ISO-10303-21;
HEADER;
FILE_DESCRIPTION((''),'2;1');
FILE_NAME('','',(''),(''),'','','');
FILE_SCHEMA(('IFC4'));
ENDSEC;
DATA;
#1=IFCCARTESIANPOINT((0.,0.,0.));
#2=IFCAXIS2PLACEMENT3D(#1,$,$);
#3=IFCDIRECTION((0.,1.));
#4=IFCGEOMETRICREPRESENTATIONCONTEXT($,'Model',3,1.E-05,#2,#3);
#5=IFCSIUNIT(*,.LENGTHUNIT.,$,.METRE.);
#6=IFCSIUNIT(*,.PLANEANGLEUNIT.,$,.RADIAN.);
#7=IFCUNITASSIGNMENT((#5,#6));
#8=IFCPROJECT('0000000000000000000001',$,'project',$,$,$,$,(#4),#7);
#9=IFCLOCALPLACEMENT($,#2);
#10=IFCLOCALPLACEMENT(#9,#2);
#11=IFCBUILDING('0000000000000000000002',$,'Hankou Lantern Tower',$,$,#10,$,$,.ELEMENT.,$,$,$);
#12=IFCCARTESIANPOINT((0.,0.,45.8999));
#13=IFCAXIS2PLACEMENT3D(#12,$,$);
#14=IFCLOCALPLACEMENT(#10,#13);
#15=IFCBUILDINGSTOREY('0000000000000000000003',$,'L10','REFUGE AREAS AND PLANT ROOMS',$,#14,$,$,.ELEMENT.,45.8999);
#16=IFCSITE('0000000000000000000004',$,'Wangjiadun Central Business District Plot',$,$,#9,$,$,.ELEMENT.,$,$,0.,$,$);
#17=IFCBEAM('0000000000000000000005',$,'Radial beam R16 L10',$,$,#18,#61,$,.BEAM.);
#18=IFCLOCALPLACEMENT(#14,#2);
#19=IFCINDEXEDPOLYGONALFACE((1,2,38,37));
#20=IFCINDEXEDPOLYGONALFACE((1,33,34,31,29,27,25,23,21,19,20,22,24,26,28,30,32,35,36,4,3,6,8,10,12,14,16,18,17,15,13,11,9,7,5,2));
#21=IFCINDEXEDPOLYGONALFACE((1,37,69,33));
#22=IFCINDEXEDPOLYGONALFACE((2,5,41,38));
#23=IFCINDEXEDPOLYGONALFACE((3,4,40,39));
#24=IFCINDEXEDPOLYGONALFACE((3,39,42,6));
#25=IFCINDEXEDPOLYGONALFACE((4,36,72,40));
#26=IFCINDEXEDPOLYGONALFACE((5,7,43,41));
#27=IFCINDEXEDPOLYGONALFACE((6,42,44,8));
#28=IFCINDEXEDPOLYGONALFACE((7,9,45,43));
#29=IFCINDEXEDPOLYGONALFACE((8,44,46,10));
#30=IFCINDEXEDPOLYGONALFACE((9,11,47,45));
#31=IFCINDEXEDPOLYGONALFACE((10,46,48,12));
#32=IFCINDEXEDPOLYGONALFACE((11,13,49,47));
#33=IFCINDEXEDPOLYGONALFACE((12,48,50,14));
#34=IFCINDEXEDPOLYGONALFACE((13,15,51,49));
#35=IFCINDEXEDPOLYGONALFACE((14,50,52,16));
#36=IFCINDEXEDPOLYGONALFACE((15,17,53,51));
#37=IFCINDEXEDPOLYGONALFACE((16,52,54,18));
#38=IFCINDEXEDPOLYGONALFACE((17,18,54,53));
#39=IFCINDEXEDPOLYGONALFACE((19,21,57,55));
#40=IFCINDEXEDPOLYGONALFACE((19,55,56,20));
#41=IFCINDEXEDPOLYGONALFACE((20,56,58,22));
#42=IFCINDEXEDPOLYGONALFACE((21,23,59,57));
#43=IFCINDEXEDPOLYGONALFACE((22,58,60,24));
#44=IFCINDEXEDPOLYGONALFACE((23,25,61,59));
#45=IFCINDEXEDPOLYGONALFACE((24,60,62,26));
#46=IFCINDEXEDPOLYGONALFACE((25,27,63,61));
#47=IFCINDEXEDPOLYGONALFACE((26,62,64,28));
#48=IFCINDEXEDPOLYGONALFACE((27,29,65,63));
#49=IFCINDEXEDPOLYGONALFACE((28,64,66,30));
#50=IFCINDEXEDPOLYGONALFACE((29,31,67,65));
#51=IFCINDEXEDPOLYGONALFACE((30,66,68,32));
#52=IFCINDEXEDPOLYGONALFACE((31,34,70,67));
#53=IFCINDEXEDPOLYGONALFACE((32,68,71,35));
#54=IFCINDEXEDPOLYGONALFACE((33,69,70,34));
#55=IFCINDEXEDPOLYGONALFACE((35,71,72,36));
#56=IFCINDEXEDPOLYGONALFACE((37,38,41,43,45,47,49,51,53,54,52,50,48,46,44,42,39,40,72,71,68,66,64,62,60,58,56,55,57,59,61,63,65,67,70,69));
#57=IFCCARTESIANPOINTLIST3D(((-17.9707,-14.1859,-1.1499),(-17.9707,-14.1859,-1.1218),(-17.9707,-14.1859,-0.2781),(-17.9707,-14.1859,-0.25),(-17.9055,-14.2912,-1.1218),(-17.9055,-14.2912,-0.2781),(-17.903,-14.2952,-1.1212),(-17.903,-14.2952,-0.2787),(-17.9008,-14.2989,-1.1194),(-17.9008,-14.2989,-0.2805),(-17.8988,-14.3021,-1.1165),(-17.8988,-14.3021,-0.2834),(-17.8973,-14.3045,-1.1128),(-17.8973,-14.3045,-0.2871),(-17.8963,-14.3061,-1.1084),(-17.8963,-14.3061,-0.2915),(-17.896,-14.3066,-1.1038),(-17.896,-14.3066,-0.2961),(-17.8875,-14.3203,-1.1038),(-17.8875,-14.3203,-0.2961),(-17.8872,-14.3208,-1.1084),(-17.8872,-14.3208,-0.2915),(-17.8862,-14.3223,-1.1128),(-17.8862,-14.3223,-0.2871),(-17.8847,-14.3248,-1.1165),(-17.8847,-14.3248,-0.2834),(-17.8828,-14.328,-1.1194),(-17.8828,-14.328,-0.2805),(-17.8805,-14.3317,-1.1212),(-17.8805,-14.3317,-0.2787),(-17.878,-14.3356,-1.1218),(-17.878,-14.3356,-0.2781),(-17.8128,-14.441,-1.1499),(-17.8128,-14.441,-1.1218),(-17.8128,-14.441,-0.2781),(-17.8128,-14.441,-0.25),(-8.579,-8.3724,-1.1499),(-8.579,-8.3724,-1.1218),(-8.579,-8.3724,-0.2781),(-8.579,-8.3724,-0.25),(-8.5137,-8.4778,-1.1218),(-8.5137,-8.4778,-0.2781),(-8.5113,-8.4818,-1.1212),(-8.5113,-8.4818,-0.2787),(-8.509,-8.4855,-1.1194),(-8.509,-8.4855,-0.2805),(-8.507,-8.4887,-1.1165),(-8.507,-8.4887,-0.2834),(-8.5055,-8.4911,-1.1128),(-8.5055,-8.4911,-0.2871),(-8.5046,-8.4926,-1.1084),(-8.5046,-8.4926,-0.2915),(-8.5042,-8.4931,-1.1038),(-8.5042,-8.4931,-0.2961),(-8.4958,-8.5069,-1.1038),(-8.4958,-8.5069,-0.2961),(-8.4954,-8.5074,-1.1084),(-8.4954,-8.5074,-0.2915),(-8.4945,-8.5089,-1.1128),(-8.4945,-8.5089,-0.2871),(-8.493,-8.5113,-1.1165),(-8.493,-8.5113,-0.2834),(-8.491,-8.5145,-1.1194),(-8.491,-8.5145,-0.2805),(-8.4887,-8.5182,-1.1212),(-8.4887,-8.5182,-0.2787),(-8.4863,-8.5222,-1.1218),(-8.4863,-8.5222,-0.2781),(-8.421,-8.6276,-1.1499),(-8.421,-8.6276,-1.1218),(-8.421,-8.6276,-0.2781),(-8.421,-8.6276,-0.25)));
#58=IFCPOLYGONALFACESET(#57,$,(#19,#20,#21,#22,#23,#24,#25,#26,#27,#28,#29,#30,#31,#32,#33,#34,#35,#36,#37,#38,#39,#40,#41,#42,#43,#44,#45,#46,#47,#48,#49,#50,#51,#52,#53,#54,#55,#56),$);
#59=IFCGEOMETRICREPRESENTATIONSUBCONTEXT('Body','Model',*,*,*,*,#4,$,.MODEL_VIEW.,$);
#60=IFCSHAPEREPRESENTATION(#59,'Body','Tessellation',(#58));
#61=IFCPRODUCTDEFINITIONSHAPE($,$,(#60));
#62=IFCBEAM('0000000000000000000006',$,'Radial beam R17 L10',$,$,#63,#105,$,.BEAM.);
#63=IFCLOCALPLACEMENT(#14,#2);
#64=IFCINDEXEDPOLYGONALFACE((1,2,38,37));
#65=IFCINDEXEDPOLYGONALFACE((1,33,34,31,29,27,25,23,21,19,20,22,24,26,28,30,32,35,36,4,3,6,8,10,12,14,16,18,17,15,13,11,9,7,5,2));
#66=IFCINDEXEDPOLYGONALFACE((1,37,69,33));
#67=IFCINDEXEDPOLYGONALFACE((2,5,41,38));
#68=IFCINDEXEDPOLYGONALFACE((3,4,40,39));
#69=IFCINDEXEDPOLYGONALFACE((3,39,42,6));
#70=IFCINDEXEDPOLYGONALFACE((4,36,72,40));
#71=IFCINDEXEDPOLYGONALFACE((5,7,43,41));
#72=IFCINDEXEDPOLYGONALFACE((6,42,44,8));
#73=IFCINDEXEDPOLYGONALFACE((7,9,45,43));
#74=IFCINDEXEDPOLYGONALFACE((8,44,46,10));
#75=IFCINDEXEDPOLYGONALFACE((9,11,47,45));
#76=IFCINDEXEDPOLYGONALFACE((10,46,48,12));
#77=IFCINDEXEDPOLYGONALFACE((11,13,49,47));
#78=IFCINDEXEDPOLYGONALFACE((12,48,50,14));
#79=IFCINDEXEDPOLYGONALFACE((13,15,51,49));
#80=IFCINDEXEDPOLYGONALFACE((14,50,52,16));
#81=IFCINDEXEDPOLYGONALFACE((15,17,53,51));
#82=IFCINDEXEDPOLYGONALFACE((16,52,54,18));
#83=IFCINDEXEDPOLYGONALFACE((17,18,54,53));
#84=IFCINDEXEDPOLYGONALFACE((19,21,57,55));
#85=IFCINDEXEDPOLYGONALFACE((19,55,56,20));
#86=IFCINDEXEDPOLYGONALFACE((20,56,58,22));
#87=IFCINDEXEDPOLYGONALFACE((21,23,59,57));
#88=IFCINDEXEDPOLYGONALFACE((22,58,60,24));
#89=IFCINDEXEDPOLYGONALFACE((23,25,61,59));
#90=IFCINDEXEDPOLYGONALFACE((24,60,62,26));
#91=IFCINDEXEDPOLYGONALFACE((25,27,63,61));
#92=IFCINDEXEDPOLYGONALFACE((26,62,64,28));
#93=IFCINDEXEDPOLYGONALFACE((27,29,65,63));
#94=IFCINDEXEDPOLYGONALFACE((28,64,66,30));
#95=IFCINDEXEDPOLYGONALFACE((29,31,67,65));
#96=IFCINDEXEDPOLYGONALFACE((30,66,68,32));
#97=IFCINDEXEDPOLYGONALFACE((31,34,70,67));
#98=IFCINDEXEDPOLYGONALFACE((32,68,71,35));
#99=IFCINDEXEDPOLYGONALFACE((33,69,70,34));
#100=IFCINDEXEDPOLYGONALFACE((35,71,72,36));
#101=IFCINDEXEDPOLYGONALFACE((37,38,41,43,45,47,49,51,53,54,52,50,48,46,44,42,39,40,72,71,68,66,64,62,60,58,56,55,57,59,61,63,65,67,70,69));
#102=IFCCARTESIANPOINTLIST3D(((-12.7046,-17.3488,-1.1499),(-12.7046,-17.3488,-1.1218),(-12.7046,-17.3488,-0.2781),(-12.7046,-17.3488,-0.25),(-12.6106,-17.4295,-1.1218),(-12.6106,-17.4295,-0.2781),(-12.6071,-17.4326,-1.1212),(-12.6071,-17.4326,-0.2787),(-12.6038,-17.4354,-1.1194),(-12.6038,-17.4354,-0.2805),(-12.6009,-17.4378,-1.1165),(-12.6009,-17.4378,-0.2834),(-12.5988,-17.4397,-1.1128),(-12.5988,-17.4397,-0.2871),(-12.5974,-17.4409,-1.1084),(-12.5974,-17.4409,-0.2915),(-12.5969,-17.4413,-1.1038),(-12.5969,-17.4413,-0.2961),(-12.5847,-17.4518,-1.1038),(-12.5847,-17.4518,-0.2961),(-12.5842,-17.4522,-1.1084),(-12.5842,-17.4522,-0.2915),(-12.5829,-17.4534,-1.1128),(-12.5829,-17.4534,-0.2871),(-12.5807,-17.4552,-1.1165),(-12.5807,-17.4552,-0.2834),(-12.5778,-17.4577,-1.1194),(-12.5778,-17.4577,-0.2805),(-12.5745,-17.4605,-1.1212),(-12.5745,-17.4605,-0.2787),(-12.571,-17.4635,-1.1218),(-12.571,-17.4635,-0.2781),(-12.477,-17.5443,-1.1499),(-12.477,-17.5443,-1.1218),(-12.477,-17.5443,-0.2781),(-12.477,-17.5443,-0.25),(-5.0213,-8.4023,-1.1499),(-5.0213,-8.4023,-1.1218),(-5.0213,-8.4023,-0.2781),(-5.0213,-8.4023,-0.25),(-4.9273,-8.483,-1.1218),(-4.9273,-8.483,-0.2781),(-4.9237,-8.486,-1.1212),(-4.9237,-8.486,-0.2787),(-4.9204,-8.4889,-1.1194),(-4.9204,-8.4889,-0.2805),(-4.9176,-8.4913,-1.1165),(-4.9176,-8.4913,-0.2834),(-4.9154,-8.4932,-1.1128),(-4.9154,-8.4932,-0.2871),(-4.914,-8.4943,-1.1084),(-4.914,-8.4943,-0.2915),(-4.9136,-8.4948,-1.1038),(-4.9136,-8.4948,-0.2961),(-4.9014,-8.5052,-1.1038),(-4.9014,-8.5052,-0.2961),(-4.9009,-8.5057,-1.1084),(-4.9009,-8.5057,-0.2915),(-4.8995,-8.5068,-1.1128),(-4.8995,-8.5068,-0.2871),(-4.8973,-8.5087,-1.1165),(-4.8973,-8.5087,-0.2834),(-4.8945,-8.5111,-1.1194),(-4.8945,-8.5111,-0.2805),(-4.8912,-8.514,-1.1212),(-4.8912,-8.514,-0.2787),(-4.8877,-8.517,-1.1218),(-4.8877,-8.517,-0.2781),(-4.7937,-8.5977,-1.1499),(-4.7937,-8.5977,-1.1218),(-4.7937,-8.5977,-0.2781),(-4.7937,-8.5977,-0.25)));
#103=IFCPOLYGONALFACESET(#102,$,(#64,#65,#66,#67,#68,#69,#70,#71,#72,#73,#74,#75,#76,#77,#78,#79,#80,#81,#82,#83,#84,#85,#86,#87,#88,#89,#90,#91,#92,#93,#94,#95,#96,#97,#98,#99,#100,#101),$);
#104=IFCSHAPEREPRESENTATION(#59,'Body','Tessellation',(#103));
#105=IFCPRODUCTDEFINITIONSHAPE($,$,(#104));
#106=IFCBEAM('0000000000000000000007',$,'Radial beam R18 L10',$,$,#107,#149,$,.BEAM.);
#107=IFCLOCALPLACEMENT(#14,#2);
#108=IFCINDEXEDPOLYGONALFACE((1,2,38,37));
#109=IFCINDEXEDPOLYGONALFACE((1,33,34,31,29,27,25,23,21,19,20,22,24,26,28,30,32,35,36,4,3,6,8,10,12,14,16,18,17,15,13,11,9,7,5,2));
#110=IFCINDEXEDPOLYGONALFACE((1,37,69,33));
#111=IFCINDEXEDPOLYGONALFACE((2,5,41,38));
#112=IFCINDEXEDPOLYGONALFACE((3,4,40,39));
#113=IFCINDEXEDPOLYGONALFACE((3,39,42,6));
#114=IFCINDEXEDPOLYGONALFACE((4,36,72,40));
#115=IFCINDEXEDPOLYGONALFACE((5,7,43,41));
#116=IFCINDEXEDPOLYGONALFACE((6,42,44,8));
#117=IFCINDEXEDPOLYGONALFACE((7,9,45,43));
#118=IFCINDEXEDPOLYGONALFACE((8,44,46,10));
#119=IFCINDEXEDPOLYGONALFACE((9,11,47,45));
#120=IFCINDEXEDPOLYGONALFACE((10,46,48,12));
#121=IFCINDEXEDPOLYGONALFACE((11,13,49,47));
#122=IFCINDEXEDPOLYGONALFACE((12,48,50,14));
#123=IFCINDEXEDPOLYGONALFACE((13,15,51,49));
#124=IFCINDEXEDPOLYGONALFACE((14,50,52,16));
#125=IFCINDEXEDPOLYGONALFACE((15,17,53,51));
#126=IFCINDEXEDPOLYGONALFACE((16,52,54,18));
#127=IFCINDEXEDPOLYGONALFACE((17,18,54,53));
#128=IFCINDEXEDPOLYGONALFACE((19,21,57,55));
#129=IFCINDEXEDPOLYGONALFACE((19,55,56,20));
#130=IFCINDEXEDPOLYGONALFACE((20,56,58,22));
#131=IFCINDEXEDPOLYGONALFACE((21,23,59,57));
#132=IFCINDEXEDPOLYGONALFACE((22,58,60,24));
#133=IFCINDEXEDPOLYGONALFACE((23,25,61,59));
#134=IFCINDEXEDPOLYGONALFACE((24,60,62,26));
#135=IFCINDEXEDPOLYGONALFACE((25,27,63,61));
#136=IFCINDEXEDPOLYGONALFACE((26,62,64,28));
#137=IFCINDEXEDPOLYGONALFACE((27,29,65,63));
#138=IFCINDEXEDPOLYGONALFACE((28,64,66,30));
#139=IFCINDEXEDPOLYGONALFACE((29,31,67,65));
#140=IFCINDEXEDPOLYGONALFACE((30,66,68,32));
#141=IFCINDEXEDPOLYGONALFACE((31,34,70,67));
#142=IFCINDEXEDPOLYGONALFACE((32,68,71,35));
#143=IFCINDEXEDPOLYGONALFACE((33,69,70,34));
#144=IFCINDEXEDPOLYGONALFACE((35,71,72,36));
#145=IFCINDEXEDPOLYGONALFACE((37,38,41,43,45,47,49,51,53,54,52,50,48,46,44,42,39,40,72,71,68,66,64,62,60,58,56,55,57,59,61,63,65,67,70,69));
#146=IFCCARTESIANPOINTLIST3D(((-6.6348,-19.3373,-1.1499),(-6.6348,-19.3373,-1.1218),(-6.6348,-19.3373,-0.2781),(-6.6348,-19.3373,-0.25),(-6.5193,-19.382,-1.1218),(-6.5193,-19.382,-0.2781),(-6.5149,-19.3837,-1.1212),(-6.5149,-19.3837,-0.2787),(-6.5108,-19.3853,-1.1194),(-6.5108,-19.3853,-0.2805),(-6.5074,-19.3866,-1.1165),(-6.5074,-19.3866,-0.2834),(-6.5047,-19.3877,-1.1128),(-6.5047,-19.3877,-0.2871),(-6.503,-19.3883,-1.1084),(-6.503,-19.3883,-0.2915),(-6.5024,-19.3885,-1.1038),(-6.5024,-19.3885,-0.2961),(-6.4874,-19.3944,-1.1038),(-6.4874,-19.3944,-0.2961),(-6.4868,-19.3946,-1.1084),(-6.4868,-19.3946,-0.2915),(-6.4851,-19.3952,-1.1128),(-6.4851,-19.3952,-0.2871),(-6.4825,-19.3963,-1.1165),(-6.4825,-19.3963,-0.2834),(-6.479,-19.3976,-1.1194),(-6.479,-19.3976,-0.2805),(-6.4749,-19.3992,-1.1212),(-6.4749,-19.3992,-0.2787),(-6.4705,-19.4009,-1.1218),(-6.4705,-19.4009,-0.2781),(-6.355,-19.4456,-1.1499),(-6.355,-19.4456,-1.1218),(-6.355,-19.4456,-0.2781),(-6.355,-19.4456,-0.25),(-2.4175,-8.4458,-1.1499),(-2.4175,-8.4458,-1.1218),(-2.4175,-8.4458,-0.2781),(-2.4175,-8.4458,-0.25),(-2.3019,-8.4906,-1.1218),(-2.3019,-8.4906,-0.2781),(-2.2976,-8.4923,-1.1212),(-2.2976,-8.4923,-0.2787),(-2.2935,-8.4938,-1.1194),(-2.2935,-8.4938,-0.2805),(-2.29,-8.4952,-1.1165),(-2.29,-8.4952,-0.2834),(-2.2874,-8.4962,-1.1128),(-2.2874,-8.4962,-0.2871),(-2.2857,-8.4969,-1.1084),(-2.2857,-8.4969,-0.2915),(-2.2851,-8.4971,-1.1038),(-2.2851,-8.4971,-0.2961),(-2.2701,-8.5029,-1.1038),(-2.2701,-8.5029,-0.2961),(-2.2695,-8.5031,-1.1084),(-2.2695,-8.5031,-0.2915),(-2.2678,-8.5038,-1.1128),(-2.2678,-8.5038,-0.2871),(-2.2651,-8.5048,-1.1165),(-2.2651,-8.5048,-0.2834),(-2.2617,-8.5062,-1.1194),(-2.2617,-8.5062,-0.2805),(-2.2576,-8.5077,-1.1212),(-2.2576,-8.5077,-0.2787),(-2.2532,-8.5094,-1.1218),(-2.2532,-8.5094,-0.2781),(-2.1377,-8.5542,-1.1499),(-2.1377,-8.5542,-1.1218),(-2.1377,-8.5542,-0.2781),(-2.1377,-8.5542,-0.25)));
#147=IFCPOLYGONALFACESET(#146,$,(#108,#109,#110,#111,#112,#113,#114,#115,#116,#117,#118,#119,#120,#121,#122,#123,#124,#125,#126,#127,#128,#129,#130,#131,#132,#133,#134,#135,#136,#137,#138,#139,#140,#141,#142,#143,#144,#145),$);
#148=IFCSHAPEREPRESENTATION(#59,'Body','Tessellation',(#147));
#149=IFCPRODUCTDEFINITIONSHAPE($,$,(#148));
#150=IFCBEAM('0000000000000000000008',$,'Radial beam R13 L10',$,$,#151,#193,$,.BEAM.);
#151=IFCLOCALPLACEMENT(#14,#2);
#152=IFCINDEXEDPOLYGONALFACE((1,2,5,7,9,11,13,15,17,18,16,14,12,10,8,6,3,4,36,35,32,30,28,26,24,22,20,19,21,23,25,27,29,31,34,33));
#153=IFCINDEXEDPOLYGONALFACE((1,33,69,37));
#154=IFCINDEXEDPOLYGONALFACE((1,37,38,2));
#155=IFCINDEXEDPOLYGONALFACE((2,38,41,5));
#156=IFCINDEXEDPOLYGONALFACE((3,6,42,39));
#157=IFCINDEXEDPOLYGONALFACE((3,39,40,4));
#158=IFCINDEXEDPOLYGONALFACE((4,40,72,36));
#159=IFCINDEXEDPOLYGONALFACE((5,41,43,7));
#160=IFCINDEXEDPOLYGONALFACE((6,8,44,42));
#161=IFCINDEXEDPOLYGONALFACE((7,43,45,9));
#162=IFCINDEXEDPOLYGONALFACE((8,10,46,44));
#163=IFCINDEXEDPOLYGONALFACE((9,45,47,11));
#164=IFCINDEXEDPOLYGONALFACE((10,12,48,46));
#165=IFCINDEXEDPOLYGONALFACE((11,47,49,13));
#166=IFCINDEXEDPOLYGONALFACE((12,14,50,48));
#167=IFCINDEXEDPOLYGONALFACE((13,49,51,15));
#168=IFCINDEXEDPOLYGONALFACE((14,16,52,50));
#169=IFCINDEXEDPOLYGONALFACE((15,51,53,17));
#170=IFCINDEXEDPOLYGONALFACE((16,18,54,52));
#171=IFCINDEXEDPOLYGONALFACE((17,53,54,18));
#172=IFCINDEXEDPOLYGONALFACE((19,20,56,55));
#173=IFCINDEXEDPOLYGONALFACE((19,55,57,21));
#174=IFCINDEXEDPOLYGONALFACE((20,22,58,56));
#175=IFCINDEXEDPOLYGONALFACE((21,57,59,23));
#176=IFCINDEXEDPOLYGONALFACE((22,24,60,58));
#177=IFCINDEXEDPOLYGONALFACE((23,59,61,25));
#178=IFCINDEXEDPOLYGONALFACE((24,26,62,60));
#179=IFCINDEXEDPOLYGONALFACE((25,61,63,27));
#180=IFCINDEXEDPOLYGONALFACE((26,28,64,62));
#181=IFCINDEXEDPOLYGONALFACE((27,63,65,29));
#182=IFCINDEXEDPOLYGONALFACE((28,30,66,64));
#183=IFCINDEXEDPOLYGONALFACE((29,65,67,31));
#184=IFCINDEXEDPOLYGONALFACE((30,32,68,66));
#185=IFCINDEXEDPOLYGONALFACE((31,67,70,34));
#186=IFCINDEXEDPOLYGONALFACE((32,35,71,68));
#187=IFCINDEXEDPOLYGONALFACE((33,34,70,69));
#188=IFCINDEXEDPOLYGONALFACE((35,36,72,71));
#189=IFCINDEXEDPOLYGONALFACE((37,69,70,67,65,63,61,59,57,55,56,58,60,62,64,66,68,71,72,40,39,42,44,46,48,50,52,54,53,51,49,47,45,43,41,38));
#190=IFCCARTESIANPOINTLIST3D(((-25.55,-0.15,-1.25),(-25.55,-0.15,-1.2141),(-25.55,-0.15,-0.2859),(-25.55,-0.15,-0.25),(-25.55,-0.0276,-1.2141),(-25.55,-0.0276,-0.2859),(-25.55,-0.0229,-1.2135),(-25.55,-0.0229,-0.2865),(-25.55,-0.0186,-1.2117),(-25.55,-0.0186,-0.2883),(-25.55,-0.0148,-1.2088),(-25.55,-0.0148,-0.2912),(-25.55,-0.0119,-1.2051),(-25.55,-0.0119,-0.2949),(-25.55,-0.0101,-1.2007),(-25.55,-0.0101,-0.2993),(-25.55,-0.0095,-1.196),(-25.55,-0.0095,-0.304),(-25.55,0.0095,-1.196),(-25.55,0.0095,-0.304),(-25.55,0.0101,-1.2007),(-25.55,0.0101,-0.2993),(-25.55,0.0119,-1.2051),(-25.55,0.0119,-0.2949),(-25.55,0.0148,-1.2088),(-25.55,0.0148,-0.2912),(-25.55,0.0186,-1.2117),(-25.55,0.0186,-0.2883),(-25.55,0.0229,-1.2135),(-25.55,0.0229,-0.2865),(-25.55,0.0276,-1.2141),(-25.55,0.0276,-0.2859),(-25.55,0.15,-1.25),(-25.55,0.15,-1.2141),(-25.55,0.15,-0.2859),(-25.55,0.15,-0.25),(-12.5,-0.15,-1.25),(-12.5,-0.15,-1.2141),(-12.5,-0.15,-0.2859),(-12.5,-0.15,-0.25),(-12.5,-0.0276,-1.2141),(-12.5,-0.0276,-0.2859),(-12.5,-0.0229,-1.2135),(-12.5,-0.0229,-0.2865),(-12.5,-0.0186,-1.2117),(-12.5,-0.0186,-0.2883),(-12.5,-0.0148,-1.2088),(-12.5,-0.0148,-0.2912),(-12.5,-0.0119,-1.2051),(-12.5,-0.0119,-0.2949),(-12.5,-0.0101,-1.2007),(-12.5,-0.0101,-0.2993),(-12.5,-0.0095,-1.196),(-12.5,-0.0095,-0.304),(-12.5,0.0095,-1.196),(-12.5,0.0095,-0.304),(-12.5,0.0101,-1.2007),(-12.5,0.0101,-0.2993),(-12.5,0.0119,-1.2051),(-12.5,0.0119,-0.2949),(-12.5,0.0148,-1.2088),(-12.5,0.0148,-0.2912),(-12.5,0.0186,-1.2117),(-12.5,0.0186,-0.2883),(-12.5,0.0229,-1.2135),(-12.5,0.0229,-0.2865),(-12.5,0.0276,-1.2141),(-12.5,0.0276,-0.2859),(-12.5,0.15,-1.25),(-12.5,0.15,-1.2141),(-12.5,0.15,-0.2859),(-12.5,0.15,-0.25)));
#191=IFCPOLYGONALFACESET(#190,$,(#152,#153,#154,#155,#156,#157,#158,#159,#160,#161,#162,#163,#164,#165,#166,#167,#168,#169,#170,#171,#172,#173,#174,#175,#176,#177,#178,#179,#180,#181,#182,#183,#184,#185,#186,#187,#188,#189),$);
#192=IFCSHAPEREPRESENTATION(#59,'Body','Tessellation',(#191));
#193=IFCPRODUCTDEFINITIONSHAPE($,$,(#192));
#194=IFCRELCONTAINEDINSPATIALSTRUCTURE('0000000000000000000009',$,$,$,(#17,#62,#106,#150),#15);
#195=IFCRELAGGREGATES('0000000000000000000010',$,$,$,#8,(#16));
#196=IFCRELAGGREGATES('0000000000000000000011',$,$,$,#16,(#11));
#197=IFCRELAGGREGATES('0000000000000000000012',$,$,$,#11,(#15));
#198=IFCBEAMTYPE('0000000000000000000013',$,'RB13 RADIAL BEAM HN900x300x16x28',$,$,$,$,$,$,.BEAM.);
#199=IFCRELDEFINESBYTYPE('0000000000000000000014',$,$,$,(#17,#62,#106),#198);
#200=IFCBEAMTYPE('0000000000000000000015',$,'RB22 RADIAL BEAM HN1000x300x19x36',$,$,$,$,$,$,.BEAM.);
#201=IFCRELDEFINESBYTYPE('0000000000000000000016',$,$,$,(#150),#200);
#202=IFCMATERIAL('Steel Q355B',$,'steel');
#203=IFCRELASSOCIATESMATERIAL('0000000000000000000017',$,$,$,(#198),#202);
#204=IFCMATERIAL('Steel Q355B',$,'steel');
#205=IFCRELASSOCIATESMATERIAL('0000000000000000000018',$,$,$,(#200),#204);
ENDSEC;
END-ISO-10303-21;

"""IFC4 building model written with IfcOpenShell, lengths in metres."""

from ifc_helpers import new_model, si_unit, direction, frame, origin, origin_2d, place, context, subcontext, project, spatial, i_section, extrude, material, material_profile, profile_set, type_object, element, save


model = new_model("IFC4")

# Units and contexts
model_context = context("Model", 3, precision=1e-05, world=origin(), true_north=direction((0.0, 1.0)))
body_context = subcontext(model_context, "Body", "Model", "MODEL_VIEW")
ifc_project = project(units=[si_unit("LENGTHUNIT", "METRE"), si_unit("PLANEANGLEUNIT", "RADIAN")], contexts=[model_context])

# Site, building, storey
site_placement = place(None, origin())
site = spatial("IfcSite", under=ifc_project, at=site_placement, Name="Wangjiadun Central Business District Plot", CompositionType="ELEMENT", RefElevation=0.0)
building_placement = place(site_placement, origin())
building = spatial("IfcBuilding", under=site, at=building_placement, Name="Hankou Lantern Tower", CompositionType="ELEMENT")
storey_placement = place(building_placement, frame((0.0, 0.0, 45.8999)))
storey = spatial("IfcBuildingStorey", under=building, at=storey_placement, Name="L10", Description="REFUGE AREAS AND PLANT ROOMS", CompositionType="ELEMENT", Elevation=45.8999)

# Beams
ifc_material_1 = material(Name="Steel Q355B", Category="steel")
ifc_material_profile_1 = material_profile(ifc_material_1, i_section(OverallWidth=0.3, OverallDepth=0.8999, WebThickness=0.0161, FlangeThickness=0.0281, FilletRadius=0.0181, at=origin_2d()), Name="HN900x300x16x28")
ifc_profile_set_1 = profile_set([ifc_material_profile_1], Name="Steel Q355B")
beam_type_1 = type_object("IfcBeamType", Name="RB13 RADIAL BEAM HN900x300x16x28", PredefinedType="BEAM", material=ifc_profile_set_1)
beam_1_placement = place(storey_placement, frame((-8.5, -8.5, -0.7), z_axis=(-0.850286, -0.52632, 0.0), x_axis=(0.52632, -0.850286, 0.0)))
element("IfcBeam", 1, at=beam_1_placement, inside=storey, type_object=beam_type_1, Name="Radial beam R16 L10", PredefinedType="BEAM", context=body_context, shape_type="SweptSolid", body=[
    extrude(i_section(OverallWidth=0.3, OverallDepth=0.8999, WebThickness=0.0161, FlangeThickness=0.0281, FilletRadius=0.0181, at=origin_2d()), origin(), (0.0, 0.0, 1.0), 11.0454),
])
beam_2_placement = place(storey_placement, frame((-4.9075, -8.5, -0.7), z_axis=(-0.651519, -0.758632, 0.0), x_axis=(0.758632, -0.651519, 0.0)))
element("IfcBeam", 2, at=beam_2_placement, inside=storey, type_object=beam_type_1, Name="Radial beam R17 L10", PredefinedType="BEAM", context=body_context, shape_type="SweptSolid", body=[
    extrude(i_section(OverallWidth=0.3, OverallDepth=0.8999, WebThickness=0.0161, FlangeThickness=0.0281, FilletRadius=0.0181, at=origin_2d()), origin(), (0.0, 0.0, 1.0), 11.793),
])
beam_3_placement = place(storey_placement, frame((-2.2776, -8.5, -0.7), z_axis=(-0.361089, -0.932531, 0.0), x_axis=(0.932531, -0.361089, 0.0)))
element("IfcBeam", 3, at=beam_3_placement, inside=storey, type_object=beam_type_1, Name="Radial beam R18 L10", PredefinedType="BEAM", context=body_context, shape_type="SweptSolid", body=[
    extrude(i_section(OverallWidth=0.3, OverallDepth=0.8999, WebThickness=0.0161, FlangeThickness=0.0281, FilletRadius=0.0181, at=origin_2d()), origin(), (0.0, 0.0, 1.0), 11.6794),
])
ifc_material_2 = material(Name="Steel Q355B", Category="steel")
ifc_material_profile_2 = material_profile(ifc_material_2, i_section(OverallWidth=0.3, OverallDepth=1.0, WebThickness=0.019, FlangeThickness=0.0359, FilletRadius=0.0181, at=origin_2d()), Name="HN1000x300x19x36")
ifc_profile_set_2 = profile_set([ifc_material_profile_2], Name="Steel Q355B")
beam_type_2 = type_object("IfcBeamType", Name="RB22 RADIAL BEAM HN1000x300x19x36", PredefinedType="BEAM", material=ifc_profile_set_2)
beam_4_placement = place(storey_placement, frame((-12.5, 0.0, -0.75), z_axis=(-1.0, 0.0, 0.0), x_axis=(0.0, -1.0, 0.0)))
element("IfcBeam", 4, at=beam_4_placement, inside=storey, type_object=beam_type_2, Name="Radial beam R13 L10", PredefinedType="BEAM", context=body_context, shape_type="SweptSolid", body=[
    extrude(i_section(OverallWidth=0.3, OverallDepth=1.0, WebThickness=0.019, FlangeThickness=0.0359, FilletRadius=0.0181, at=origin_2d()), origin(), (0.0, 0.0, 1.0), 13.05),
])

save(model, "model.ifc")
